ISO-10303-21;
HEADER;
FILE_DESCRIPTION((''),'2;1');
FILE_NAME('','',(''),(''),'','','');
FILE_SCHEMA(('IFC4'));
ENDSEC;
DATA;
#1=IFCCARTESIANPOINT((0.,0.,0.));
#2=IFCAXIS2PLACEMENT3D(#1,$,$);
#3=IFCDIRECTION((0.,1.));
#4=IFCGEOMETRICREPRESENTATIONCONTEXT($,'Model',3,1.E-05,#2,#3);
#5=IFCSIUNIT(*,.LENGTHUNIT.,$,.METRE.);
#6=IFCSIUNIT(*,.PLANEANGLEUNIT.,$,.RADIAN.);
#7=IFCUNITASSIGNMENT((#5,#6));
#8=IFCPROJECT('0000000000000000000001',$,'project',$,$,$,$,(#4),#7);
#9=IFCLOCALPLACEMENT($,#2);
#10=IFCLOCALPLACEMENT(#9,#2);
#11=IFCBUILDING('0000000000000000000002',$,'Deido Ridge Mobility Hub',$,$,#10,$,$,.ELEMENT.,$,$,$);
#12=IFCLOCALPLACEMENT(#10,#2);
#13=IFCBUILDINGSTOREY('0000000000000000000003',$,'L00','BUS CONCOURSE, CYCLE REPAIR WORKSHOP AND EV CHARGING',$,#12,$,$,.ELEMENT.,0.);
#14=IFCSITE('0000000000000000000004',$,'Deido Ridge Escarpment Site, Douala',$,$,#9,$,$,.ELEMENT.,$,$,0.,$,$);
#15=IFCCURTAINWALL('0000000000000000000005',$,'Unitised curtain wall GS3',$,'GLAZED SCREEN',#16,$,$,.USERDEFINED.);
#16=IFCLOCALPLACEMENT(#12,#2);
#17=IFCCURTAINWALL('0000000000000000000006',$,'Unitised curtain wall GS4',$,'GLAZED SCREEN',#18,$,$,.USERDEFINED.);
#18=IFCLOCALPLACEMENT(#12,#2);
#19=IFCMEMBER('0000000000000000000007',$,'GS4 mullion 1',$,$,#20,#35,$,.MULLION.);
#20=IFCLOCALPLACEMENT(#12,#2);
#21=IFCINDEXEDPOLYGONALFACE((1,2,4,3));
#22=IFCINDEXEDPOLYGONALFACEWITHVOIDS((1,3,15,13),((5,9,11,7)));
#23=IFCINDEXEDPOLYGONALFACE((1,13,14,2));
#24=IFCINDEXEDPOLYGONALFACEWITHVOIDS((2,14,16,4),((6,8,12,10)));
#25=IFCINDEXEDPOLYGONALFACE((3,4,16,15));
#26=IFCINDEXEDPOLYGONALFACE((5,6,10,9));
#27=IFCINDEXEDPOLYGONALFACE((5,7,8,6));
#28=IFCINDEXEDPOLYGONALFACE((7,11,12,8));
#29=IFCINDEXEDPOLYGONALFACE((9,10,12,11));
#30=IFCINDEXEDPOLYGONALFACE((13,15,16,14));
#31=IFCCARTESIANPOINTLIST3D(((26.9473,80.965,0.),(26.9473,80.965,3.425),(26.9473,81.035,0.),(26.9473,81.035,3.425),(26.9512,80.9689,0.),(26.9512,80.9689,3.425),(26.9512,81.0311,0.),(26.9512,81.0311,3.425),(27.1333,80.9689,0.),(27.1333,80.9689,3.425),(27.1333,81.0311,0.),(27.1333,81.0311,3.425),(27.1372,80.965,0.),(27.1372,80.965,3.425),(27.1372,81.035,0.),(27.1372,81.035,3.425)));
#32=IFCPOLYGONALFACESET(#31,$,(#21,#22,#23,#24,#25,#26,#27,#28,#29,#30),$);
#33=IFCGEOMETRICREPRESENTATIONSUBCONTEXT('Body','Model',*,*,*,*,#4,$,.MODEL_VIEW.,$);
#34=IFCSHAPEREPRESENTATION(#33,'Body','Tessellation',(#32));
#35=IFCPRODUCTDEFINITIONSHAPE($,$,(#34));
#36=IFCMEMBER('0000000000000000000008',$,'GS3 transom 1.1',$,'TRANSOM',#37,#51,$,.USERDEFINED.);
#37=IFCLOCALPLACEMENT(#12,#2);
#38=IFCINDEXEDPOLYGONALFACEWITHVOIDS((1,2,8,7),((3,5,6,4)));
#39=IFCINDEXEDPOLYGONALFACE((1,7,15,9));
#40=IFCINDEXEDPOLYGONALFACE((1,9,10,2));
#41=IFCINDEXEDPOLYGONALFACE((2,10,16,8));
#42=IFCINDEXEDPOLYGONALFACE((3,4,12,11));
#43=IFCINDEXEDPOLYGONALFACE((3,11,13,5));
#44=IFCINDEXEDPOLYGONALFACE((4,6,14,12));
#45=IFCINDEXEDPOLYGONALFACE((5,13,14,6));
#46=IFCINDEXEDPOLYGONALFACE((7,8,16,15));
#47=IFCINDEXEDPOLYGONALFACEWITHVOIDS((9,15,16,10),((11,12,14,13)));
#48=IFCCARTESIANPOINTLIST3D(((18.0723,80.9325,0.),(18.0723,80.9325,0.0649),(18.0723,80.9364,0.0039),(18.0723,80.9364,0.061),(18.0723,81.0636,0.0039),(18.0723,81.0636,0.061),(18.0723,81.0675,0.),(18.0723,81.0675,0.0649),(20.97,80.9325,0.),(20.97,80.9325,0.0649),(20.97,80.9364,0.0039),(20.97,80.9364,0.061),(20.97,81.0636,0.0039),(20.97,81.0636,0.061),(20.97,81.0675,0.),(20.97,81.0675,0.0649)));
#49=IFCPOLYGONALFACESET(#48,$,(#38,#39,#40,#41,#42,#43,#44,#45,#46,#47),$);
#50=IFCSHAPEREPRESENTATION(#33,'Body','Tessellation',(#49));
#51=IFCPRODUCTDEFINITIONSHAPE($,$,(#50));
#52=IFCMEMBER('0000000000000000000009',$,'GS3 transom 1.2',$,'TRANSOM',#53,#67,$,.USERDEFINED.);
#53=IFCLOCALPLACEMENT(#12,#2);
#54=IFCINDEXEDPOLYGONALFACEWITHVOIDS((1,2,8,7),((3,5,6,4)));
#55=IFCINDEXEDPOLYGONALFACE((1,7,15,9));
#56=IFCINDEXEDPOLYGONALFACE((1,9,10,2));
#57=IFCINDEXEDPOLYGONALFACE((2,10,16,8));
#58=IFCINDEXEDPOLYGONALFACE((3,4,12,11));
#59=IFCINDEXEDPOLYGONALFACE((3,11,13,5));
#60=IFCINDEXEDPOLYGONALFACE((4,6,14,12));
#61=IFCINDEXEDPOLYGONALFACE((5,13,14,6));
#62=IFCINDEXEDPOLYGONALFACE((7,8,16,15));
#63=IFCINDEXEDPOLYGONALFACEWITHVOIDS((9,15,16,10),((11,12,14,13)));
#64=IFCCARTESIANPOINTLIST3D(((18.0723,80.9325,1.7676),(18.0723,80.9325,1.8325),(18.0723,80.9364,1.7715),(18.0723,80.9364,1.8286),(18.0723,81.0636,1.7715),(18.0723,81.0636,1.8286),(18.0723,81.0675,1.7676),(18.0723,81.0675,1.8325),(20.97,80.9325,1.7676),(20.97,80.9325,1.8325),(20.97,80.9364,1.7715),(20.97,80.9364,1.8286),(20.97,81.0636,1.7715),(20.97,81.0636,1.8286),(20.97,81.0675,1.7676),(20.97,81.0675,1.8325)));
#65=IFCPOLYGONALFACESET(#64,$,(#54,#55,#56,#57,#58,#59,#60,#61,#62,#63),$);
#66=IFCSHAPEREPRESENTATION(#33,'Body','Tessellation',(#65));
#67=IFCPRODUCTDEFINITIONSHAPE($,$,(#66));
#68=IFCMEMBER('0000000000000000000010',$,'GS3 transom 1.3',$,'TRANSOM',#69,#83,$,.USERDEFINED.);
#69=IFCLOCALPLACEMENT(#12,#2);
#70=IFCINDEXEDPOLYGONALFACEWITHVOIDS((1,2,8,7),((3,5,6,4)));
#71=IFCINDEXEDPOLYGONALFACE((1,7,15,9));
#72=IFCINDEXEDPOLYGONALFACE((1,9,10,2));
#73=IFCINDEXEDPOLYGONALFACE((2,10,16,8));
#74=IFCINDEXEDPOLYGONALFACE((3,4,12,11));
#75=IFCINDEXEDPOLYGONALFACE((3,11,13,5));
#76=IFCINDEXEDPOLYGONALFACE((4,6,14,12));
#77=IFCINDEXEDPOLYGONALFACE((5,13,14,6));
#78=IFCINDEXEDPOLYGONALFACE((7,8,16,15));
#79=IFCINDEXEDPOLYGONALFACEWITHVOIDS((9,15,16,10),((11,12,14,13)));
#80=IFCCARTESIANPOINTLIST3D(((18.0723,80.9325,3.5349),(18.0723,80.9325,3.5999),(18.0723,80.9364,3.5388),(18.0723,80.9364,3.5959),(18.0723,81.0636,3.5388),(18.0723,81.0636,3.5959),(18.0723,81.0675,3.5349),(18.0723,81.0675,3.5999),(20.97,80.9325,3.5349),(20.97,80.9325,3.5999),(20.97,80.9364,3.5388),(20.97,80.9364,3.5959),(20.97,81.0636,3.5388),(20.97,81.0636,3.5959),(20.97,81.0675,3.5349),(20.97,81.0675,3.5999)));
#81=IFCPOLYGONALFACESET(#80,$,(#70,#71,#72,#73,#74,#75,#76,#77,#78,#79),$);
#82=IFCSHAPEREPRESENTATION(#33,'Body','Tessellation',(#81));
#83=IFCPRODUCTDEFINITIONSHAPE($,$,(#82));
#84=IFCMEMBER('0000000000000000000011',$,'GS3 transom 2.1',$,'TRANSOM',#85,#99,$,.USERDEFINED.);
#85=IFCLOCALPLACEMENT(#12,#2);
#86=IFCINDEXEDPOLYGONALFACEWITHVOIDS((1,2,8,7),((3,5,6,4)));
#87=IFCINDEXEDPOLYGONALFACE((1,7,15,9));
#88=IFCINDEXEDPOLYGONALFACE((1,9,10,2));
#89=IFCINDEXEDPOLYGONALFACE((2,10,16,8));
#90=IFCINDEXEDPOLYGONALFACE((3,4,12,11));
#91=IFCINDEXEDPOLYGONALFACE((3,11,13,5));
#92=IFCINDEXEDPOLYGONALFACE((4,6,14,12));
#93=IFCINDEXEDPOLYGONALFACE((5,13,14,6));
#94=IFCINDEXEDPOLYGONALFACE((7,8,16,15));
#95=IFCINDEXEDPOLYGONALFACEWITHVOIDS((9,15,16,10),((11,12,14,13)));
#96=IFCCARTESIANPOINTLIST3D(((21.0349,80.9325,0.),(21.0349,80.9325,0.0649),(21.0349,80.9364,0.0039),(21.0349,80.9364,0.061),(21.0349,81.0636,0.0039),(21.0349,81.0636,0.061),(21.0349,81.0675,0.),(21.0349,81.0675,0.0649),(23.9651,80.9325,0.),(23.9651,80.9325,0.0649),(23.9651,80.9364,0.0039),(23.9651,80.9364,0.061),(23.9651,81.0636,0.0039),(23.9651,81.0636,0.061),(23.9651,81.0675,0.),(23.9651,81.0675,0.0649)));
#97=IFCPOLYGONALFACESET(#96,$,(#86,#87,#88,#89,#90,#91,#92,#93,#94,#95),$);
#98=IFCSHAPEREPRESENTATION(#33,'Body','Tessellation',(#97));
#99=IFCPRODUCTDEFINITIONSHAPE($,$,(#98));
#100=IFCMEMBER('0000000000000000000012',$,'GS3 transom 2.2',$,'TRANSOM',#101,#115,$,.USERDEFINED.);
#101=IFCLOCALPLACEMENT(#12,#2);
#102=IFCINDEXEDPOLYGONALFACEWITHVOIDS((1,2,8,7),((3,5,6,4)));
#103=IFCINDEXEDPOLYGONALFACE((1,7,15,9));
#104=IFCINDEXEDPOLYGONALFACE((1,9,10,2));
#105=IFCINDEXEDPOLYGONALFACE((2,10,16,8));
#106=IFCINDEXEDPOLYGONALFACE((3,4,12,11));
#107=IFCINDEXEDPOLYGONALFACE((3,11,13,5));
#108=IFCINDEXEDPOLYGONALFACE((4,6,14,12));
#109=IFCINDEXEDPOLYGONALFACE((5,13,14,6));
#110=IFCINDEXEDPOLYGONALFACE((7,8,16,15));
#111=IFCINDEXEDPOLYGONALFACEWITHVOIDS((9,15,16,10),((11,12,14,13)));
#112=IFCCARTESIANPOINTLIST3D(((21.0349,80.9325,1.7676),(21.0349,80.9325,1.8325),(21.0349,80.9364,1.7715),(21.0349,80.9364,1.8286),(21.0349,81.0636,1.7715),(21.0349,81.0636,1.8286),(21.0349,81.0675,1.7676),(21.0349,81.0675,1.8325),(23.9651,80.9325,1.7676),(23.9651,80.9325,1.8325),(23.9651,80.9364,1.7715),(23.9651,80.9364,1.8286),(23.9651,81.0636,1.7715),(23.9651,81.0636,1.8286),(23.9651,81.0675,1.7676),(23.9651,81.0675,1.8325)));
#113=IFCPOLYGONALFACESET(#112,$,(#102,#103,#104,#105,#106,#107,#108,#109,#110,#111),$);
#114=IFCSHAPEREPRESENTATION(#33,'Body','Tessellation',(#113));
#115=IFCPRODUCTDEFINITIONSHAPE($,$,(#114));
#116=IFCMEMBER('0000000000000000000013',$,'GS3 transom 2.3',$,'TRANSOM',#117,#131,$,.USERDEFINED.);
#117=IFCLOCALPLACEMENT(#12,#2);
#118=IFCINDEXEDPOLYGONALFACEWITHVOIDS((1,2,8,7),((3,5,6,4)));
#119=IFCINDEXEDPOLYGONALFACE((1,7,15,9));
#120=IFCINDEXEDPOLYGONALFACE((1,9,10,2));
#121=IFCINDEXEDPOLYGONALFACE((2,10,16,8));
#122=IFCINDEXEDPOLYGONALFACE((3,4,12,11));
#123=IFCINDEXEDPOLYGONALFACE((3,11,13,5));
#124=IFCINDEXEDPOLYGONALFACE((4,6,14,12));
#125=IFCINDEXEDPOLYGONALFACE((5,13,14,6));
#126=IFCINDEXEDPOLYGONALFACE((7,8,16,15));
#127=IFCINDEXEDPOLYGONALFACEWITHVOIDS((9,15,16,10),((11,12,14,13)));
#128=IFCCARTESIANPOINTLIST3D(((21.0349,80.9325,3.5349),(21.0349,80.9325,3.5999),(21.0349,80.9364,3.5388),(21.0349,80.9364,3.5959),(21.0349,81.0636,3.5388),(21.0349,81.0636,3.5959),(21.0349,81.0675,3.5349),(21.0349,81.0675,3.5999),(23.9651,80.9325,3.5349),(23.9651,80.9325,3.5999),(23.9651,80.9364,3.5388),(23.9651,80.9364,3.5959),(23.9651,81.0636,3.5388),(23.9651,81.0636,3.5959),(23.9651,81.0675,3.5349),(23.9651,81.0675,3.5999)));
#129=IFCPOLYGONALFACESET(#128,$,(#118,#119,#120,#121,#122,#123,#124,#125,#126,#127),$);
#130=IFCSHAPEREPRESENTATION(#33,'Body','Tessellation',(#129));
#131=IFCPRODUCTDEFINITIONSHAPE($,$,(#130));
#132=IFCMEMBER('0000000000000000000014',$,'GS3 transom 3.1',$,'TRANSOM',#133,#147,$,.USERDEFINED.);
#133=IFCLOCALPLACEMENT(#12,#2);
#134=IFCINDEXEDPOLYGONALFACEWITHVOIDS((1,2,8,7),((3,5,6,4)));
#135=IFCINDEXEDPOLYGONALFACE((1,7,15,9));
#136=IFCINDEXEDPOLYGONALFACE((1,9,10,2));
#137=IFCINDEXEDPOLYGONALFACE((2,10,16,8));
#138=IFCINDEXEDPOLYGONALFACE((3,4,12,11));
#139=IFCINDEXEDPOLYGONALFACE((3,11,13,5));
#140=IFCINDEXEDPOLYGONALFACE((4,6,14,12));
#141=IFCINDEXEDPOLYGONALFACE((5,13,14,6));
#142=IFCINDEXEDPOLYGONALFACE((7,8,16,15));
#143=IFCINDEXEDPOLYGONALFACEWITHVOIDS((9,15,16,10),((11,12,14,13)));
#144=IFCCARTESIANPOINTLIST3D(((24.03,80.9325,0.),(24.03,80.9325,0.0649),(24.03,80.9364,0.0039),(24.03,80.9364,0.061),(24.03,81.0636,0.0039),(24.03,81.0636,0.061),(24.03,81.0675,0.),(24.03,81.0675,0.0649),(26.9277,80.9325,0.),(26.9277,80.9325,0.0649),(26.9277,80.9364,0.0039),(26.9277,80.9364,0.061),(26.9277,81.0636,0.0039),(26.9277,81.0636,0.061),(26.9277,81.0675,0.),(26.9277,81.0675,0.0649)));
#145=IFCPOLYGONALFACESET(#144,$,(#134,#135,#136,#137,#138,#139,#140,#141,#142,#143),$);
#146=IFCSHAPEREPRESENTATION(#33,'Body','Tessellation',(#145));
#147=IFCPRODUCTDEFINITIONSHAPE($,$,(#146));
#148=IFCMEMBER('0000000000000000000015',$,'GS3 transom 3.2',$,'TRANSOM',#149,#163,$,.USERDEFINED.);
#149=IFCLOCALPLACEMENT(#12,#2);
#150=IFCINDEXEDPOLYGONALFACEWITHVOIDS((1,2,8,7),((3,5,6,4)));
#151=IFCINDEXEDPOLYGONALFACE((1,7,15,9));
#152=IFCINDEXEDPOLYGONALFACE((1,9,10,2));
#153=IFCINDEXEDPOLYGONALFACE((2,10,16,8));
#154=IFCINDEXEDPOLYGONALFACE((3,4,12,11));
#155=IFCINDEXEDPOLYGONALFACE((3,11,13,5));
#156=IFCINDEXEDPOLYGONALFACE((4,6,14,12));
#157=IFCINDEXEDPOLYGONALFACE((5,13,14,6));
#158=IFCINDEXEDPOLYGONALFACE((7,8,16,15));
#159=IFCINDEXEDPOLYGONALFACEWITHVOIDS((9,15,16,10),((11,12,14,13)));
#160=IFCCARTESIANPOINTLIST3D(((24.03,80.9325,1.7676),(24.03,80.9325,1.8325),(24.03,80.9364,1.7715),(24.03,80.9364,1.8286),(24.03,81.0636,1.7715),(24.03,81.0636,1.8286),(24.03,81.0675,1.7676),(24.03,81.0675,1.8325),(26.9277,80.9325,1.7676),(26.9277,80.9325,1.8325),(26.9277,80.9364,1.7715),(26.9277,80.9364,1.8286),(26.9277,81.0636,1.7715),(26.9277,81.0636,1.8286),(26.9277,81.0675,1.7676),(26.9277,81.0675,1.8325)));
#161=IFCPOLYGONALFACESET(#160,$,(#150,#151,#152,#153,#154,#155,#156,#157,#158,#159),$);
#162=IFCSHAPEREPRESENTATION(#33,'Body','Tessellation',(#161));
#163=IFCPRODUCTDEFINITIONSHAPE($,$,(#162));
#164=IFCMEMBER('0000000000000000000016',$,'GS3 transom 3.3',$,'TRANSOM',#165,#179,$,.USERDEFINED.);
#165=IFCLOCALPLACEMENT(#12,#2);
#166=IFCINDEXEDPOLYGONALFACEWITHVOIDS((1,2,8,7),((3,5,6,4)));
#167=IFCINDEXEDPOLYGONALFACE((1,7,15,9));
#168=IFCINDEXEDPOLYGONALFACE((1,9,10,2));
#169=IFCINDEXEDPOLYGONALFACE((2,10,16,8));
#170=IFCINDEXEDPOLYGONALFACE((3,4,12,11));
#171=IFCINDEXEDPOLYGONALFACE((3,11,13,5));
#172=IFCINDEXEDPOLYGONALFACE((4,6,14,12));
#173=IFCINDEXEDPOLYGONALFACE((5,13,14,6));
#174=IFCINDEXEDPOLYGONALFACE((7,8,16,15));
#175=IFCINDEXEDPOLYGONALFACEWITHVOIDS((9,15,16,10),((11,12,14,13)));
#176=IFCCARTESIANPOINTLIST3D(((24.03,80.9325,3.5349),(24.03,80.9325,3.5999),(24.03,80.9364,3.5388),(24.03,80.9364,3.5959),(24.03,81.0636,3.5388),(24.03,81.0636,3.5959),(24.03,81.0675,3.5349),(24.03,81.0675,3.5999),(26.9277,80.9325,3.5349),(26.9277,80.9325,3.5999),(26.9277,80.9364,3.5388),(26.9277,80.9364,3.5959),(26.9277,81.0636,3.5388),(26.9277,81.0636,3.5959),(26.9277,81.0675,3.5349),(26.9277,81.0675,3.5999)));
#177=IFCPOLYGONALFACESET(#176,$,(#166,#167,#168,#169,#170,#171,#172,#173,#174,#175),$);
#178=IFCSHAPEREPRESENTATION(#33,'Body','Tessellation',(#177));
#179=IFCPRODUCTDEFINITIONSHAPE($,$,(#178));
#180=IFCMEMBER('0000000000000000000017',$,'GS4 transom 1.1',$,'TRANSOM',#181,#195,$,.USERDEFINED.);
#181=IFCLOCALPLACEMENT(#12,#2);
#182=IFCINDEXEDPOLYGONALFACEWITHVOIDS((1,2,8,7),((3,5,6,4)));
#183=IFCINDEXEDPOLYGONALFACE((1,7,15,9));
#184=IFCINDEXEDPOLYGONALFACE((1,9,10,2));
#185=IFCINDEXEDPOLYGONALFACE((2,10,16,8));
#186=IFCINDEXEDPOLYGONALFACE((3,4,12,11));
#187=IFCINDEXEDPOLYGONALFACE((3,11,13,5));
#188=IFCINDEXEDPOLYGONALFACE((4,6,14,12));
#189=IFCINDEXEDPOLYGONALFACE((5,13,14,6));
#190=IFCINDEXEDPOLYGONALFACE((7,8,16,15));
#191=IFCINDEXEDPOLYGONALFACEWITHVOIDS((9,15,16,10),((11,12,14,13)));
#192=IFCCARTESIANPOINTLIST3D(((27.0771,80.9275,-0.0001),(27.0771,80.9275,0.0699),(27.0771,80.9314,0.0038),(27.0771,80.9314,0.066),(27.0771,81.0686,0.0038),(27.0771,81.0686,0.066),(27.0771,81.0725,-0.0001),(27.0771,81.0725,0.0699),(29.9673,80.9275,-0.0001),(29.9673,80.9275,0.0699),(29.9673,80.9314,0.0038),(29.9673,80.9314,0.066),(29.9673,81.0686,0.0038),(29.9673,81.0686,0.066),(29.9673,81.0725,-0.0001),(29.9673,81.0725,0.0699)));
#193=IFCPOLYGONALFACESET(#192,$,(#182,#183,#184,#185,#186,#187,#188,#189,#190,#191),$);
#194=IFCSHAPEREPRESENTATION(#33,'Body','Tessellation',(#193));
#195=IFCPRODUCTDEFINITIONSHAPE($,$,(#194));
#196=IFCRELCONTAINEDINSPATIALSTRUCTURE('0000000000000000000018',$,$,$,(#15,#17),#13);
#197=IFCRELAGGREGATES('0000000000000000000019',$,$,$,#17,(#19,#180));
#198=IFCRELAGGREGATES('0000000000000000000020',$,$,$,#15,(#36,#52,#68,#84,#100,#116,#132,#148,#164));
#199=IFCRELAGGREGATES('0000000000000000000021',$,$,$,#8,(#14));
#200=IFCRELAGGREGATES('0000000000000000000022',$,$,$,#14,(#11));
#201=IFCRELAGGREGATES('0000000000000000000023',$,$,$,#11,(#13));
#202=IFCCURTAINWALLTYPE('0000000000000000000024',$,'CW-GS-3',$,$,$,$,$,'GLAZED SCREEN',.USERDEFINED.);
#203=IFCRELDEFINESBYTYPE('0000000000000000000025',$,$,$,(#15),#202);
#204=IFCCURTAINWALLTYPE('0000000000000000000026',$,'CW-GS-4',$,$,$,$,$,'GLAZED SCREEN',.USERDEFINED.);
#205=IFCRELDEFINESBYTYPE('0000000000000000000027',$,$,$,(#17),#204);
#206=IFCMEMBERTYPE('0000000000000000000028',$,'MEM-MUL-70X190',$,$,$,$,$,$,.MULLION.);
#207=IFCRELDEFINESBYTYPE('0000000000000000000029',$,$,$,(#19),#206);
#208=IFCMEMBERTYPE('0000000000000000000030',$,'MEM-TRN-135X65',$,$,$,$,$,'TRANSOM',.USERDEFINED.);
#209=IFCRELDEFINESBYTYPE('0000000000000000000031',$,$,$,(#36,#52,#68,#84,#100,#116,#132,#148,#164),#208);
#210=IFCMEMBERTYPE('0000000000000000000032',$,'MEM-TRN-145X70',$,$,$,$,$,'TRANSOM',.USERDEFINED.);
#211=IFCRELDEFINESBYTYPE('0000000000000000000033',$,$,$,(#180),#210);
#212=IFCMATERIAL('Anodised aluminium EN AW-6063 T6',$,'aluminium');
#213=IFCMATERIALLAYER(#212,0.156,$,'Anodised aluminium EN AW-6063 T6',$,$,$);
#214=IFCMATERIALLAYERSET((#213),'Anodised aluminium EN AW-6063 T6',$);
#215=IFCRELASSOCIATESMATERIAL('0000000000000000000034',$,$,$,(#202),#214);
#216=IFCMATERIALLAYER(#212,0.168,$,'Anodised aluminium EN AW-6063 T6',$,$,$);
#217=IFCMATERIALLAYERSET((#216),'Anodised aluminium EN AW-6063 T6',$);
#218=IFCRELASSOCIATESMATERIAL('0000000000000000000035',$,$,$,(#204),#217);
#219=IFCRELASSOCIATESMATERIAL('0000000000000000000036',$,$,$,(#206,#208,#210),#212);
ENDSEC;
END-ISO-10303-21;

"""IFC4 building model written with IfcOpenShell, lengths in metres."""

from ifc_helpers import new_model, si_unit, direction, frame, origin, origin_2d, place, context, subcontext, project, spatial, hollow_rectangle, extrude, material, layer, layer_set, material_profile, profile_set, type_object, element, aggregate, save


model = new_model("IFC4")

# Units and contexts
model_context = context("Model", 3, precision=1e-05, world=origin(), true_north=direction((0.0, 1.0)))
body_context = subcontext(model_context, "Body", "Model", "MODEL_VIEW")
ifc_project = project(units=[si_unit("LENGTHUNIT", "METRE"), si_unit("PLANEANGLEUNIT", "RADIAN")], contexts=[model_context])

# Site, building, storey
site_placement = place(None, origin())
site = spatial("IfcSite", under=ifc_project, at=site_placement, Name="Deido Ridge Escarpment Site, Douala", CompositionType="ELEMENT", RefElevation=0.0)
building_placement = place(site_placement, origin())
building = spatial("IfcBuilding", under=site, at=building_placement, Name="Deido Ridge Mobility Hub", CompositionType="ELEMENT")
storey_placement = place(building_placement, origin())
storey = spatial("IfcBuildingStorey", under=building, at=storey_placement, Name="L00", Description="BUS CONCOURSE, CYCLE REPAIR WORKSHOP AND EV CHARGING", CompositionType="ELEMENT", Elevation=0.0)

# Shared definitions
ifc_material_1 = material(Name="Anodised aluminium EN AW-6063 T6", Category="aluminium")

# Curtain wall
ifc_layer_1 = layer(ifc_material_1, 0.156, Name="Anodised aluminium EN AW-6063 T6")
ifc_layer_set_1 = layer_set([ifc_layer_1], Name="Anodised aluminium EN AW-6063 T6")
curtain_wall_type_1 = type_object("IfcCurtainWallType", Name="CW-GS-3", ElementType="GLAZED SCREEN", PredefinedType="USERDEFINED", material=ifc_layer_set_1)
curtain_wall_1_placement = place(storey_placement, origin())
curtain_wall_1 = element("IfcCurtainWall", 1, at=curtain_wall_1_placement, inside=storey, type_object=curtain_wall_type_1, Name="Unitised curtain wall GS3", ObjectType="GLAZED SCREEN", PredefinedType="USERDEFINED")

# Curtain wall, member
ifc_layer_2 = layer(ifc_material_1, 0.168, Name="Anodised aluminium EN AW-6063 T6")
ifc_layer_set_2 = layer_set([ifc_layer_2], Name="Anodised aluminium EN AW-6063 T6")
curtain_wall_type_2 = type_object("IfcCurtainWallType", Name="CW-GS-4", ElementType="GLAZED SCREEN", PredefinedType="USERDEFINED", material=ifc_layer_set_2)
curtain_wall_2_placement = place(storey_placement, origin())
curtain_wall_2 = element("IfcCurtainWall", 2, at=curtain_wall_2_placement, inside=storey, type_object=curtain_wall_type_2, Name="Unitised curtain wall GS4", ObjectType="GLAZED SCREEN", PredefinedType="USERDEFINED")
ifc_material_profile_1 = material_profile(ifc_material_1, hollow_rectangle(XDim=0.0701, YDim=0.1899, WallThickness=0.0039, at=origin_2d()), Name="RHS 70x190x4")
ifc_profile_set_1 = profile_set([ifc_material_profile_1], Name="Anodised aluminium EN AW-6063 T6")
member_type_1 = type_object("IfcMemberType", Name="MEM-MUL-70X190", PredefinedType="MULLION", material=ifc_profile_set_1)
member_1_placement = place(storey_placement, frame((27.0422, 81.0, 0.0), z_axis=(0.0, 0.0, 1.0), x_axis=(0.0, 1.0, 0.0)))
member_1 = element("IfcMember", 3, at=member_1_placement, type_object=member_type_1, Name="GS4 mullion 1", PredefinedType="MULLION", context=body_context, shape_type="SweptSolid", body=[
    extrude(hollow_rectangle(XDim=0.0701, YDim=0.1899, WallThickness=0.0039, at=origin_2d()), origin(), (0.0, 0.0, 1.0), 3.425),
])

# Members
ifc_material_profile_2 = material_profile(ifc_material_1, hollow_rectangle(XDim=0.135, YDim=0.0649, WallThickness=0.0039, at=origin_2d()), Name="RHS 135x65x4")
ifc_profile_set_2 = profile_set([ifc_material_profile_2], Name="Anodised aluminium EN AW-6063 T6")
member_type_2 = type_object("IfcMemberType", Name="MEM-TRN-135X65", ElementType="TRANSOM", PredefinedType="USERDEFINED", material=ifc_profile_set_2)
member_2_placement = place(storey_placement, frame((18.0723, 81.0, 0.0325), z_axis=(1.0, 0.0, 0.0), x_axis=(0.0, 1.0, 0.0)))
member_2 = element("IfcMember", 4, at=member_2_placement, type_object=member_type_2, Name="GS3 transom 1.1", ObjectType="TRANSOM", PredefinedType="USERDEFINED", context=body_context, shape_type="SweptSolid", body=[
    extrude(hollow_rectangle(XDim=0.135, YDim=0.0649, WallThickness=0.0039, at=origin_2d()), origin(), (0.0, 0.0, 1.0), 2.8977),
])
member_3_placement = place(storey_placement, frame((18.0723, 81.0, 1.8), z_axis=(1.0, 0.0, 0.0), x_axis=(0.0, 1.0, 0.0)))
member_3 = element("IfcMember", 5, at=member_3_placement, type_object=member_type_2, Name="GS3 transom 1.2", ObjectType="TRANSOM", PredefinedType="USERDEFINED", context=body_context, shape_type="SweptSolid", body=[
    extrude(hollow_rectangle(XDim=0.135, YDim=0.0649, WallThickness=0.0039, at=origin_2d()), origin(), (0.0, 0.0, 1.0), 2.8977),
])
member_4_placement = place(storey_placement, frame((18.0723, 81.0, 3.5674), z_axis=(1.0, 0.0, 0.0), x_axis=(0.0, 1.0, 0.0)))
member_4 = element("IfcMember", 6, at=member_4_placement, type_object=member_type_2, Name="GS3 transom 1.3", ObjectType="TRANSOM", PredefinedType="USERDEFINED", context=body_context, shape_type="SweptSolid", body=[
    extrude(hollow_rectangle(XDim=0.135, YDim=0.0649, WallThickness=0.0039, at=origin_2d()), origin(), (0.0, 0.0, 1.0), 2.8977),
])
member_5_placement = place(storey_placement, frame((21.0349, 81.0, 0.0325), z_axis=(1.0, 0.0, 0.0), x_axis=(0.0, 1.0, 0.0)))
member_5 = element("IfcMember", 7, at=member_5_placement, type_object=member_type_2, Name="GS3 transom 2.1", ObjectType="TRANSOM", PredefinedType="USERDEFINED", context=body_context, shape_type="SweptSolid", body=[
    extrude(hollow_rectangle(XDim=0.135, YDim=0.0649, WallThickness=0.0039, at=origin_2d()), origin(), (0.0, 0.0, 1.0), 2.9302),
])
member_6_placement = place(storey_placement, frame((21.0349, 81.0, 1.8), z_axis=(1.0, 0.0, 0.0), x_axis=(0.0, 1.0, 0.0)))
member_6 = element("IfcMember", 8, at=member_6_placement, type_object=member_type_2, Name="GS3 transom 2.2", ObjectType="TRANSOM", PredefinedType="USERDEFINED", context=body_context, shape_type="SweptSolid", body=[
    extrude(hollow_rectangle(XDim=0.135, YDim=0.0649, WallThickness=0.0039, at=origin_2d()), origin(), (0.0, 0.0, 1.0), 2.9302),
])
member_7_placement = place(storey_placement, frame((21.0349, 81.0, 3.5674), z_axis=(1.0, 0.0, 0.0), x_axis=(0.0, 1.0, 0.0)))
member_7 = element("IfcMember", 9, at=member_7_placement, type_object=member_type_2, Name="GS3 transom 2.3", ObjectType="TRANSOM", PredefinedType="USERDEFINED", context=body_context, shape_type="SweptSolid", body=[
    extrude(hollow_rectangle(XDim=0.135, YDim=0.0649, WallThickness=0.0039, at=origin_2d()), origin(), (0.0, 0.0, 1.0), 2.9302),
])
member_8_placement = place(storey_placement, frame((24.03, 81.0, 0.0325), z_axis=(1.0, 0.0, 0.0), x_axis=(0.0, 1.0, 0.0)))
member_8 = element("IfcMember", 10, at=member_8_placement, type_object=member_type_2, Name="GS3 transom 3.1", ObjectType="TRANSOM", PredefinedType="USERDEFINED", context=body_context, shape_type="SweptSolid", body=[
    extrude(hollow_rectangle(XDim=0.135, YDim=0.0649, WallThickness=0.0039, at=origin_2d()), origin(), (0.0, 0.0, 1.0), 2.8977),
])
member_9_placement = place(storey_placement, frame((24.03, 81.0, 1.8), z_axis=(1.0, 0.0, 0.0), x_axis=(0.0, 1.0, 0.0)))
member_9 = element("IfcMember", 11, at=member_9_placement, type_object=member_type_2, Name="GS3 transom 3.2", ObjectType="TRANSOM", PredefinedType="USERDEFINED", context=body_context, shape_type="SweptSolid", body=[
    extrude(hollow_rectangle(XDim=0.135, YDim=0.0649, WallThickness=0.0039, at=origin_2d()), origin(), (0.0, 0.0, 1.0), 2.8977),
])
member_10_placement = place(storey_placement, frame((24.03, 81.0, 3.5674), z_axis=(1.0, 0.0, 0.0), x_axis=(0.0, 1.0, 0.0)))
member_10 = element("IfcMember", 12, at=member_10_placement, type_object=member_type_2, Name="GS3 transom 3.3", ObjectType="TRANSOM", PredefinedType="USERDEFINED", context=body_context, shape_type="SweptSolid", body=[
    extrude(hollow_rectangle(XDim=0.135, YDim=0.0649, WallThickness=0.0039, at=origin_2d()), origin(), (0.0, 0.0, 1.0), 2.8977),
])
ifc_material_profile_3 = material_profile(ifc_material_1, hollow_rectangle(XDim=0.145, YDim=0.0701, WallThickness=0.0039, at=origin_2d()), Name="RHS 145x70x4")
ifc_profile_set_3 = profile_set([ifc_material_profile_3], Name="Anodised aluminium EN AW-6063 T6")
member_type_3 = type_object("IfcMemberType", Name="MEM-TRN-145X70", ElementType="TRANSOM", PredefinedType="USERDEFINED", material=ifc_profile_set_3)
member_11_placement = place(storey_placement, frame((27.0771, 81.0, 0.0349), z_axis=(1.0, 0.0, 0.0), x_axis=(0.0, 1.0, 0.0)))
member_11 = element("IfcMember", 13, at=member_11_placement, type_object=member_type_3, Name="GS4 transom 1.1", ObjectType="TRANSOM", PredefinedType="USERDEFINED", context=body_context, shape_type="SweptSolid", body=[
    extrude(hollow_rectangle(XDim=0.145, YDim=0.0701, WallThickness=0.0039, at=origin_2d()), origin(), (0.0, 0.0, 1.0), 2.8901),
])
aggregate(curtain_wall_2, [member_1, member_11])

aggregate(curtain_wall_1, [member_2, member_3, member_4, member_5, member_6, member_7, member_8, member_9, member_10])

save(model, "model.ifc")
